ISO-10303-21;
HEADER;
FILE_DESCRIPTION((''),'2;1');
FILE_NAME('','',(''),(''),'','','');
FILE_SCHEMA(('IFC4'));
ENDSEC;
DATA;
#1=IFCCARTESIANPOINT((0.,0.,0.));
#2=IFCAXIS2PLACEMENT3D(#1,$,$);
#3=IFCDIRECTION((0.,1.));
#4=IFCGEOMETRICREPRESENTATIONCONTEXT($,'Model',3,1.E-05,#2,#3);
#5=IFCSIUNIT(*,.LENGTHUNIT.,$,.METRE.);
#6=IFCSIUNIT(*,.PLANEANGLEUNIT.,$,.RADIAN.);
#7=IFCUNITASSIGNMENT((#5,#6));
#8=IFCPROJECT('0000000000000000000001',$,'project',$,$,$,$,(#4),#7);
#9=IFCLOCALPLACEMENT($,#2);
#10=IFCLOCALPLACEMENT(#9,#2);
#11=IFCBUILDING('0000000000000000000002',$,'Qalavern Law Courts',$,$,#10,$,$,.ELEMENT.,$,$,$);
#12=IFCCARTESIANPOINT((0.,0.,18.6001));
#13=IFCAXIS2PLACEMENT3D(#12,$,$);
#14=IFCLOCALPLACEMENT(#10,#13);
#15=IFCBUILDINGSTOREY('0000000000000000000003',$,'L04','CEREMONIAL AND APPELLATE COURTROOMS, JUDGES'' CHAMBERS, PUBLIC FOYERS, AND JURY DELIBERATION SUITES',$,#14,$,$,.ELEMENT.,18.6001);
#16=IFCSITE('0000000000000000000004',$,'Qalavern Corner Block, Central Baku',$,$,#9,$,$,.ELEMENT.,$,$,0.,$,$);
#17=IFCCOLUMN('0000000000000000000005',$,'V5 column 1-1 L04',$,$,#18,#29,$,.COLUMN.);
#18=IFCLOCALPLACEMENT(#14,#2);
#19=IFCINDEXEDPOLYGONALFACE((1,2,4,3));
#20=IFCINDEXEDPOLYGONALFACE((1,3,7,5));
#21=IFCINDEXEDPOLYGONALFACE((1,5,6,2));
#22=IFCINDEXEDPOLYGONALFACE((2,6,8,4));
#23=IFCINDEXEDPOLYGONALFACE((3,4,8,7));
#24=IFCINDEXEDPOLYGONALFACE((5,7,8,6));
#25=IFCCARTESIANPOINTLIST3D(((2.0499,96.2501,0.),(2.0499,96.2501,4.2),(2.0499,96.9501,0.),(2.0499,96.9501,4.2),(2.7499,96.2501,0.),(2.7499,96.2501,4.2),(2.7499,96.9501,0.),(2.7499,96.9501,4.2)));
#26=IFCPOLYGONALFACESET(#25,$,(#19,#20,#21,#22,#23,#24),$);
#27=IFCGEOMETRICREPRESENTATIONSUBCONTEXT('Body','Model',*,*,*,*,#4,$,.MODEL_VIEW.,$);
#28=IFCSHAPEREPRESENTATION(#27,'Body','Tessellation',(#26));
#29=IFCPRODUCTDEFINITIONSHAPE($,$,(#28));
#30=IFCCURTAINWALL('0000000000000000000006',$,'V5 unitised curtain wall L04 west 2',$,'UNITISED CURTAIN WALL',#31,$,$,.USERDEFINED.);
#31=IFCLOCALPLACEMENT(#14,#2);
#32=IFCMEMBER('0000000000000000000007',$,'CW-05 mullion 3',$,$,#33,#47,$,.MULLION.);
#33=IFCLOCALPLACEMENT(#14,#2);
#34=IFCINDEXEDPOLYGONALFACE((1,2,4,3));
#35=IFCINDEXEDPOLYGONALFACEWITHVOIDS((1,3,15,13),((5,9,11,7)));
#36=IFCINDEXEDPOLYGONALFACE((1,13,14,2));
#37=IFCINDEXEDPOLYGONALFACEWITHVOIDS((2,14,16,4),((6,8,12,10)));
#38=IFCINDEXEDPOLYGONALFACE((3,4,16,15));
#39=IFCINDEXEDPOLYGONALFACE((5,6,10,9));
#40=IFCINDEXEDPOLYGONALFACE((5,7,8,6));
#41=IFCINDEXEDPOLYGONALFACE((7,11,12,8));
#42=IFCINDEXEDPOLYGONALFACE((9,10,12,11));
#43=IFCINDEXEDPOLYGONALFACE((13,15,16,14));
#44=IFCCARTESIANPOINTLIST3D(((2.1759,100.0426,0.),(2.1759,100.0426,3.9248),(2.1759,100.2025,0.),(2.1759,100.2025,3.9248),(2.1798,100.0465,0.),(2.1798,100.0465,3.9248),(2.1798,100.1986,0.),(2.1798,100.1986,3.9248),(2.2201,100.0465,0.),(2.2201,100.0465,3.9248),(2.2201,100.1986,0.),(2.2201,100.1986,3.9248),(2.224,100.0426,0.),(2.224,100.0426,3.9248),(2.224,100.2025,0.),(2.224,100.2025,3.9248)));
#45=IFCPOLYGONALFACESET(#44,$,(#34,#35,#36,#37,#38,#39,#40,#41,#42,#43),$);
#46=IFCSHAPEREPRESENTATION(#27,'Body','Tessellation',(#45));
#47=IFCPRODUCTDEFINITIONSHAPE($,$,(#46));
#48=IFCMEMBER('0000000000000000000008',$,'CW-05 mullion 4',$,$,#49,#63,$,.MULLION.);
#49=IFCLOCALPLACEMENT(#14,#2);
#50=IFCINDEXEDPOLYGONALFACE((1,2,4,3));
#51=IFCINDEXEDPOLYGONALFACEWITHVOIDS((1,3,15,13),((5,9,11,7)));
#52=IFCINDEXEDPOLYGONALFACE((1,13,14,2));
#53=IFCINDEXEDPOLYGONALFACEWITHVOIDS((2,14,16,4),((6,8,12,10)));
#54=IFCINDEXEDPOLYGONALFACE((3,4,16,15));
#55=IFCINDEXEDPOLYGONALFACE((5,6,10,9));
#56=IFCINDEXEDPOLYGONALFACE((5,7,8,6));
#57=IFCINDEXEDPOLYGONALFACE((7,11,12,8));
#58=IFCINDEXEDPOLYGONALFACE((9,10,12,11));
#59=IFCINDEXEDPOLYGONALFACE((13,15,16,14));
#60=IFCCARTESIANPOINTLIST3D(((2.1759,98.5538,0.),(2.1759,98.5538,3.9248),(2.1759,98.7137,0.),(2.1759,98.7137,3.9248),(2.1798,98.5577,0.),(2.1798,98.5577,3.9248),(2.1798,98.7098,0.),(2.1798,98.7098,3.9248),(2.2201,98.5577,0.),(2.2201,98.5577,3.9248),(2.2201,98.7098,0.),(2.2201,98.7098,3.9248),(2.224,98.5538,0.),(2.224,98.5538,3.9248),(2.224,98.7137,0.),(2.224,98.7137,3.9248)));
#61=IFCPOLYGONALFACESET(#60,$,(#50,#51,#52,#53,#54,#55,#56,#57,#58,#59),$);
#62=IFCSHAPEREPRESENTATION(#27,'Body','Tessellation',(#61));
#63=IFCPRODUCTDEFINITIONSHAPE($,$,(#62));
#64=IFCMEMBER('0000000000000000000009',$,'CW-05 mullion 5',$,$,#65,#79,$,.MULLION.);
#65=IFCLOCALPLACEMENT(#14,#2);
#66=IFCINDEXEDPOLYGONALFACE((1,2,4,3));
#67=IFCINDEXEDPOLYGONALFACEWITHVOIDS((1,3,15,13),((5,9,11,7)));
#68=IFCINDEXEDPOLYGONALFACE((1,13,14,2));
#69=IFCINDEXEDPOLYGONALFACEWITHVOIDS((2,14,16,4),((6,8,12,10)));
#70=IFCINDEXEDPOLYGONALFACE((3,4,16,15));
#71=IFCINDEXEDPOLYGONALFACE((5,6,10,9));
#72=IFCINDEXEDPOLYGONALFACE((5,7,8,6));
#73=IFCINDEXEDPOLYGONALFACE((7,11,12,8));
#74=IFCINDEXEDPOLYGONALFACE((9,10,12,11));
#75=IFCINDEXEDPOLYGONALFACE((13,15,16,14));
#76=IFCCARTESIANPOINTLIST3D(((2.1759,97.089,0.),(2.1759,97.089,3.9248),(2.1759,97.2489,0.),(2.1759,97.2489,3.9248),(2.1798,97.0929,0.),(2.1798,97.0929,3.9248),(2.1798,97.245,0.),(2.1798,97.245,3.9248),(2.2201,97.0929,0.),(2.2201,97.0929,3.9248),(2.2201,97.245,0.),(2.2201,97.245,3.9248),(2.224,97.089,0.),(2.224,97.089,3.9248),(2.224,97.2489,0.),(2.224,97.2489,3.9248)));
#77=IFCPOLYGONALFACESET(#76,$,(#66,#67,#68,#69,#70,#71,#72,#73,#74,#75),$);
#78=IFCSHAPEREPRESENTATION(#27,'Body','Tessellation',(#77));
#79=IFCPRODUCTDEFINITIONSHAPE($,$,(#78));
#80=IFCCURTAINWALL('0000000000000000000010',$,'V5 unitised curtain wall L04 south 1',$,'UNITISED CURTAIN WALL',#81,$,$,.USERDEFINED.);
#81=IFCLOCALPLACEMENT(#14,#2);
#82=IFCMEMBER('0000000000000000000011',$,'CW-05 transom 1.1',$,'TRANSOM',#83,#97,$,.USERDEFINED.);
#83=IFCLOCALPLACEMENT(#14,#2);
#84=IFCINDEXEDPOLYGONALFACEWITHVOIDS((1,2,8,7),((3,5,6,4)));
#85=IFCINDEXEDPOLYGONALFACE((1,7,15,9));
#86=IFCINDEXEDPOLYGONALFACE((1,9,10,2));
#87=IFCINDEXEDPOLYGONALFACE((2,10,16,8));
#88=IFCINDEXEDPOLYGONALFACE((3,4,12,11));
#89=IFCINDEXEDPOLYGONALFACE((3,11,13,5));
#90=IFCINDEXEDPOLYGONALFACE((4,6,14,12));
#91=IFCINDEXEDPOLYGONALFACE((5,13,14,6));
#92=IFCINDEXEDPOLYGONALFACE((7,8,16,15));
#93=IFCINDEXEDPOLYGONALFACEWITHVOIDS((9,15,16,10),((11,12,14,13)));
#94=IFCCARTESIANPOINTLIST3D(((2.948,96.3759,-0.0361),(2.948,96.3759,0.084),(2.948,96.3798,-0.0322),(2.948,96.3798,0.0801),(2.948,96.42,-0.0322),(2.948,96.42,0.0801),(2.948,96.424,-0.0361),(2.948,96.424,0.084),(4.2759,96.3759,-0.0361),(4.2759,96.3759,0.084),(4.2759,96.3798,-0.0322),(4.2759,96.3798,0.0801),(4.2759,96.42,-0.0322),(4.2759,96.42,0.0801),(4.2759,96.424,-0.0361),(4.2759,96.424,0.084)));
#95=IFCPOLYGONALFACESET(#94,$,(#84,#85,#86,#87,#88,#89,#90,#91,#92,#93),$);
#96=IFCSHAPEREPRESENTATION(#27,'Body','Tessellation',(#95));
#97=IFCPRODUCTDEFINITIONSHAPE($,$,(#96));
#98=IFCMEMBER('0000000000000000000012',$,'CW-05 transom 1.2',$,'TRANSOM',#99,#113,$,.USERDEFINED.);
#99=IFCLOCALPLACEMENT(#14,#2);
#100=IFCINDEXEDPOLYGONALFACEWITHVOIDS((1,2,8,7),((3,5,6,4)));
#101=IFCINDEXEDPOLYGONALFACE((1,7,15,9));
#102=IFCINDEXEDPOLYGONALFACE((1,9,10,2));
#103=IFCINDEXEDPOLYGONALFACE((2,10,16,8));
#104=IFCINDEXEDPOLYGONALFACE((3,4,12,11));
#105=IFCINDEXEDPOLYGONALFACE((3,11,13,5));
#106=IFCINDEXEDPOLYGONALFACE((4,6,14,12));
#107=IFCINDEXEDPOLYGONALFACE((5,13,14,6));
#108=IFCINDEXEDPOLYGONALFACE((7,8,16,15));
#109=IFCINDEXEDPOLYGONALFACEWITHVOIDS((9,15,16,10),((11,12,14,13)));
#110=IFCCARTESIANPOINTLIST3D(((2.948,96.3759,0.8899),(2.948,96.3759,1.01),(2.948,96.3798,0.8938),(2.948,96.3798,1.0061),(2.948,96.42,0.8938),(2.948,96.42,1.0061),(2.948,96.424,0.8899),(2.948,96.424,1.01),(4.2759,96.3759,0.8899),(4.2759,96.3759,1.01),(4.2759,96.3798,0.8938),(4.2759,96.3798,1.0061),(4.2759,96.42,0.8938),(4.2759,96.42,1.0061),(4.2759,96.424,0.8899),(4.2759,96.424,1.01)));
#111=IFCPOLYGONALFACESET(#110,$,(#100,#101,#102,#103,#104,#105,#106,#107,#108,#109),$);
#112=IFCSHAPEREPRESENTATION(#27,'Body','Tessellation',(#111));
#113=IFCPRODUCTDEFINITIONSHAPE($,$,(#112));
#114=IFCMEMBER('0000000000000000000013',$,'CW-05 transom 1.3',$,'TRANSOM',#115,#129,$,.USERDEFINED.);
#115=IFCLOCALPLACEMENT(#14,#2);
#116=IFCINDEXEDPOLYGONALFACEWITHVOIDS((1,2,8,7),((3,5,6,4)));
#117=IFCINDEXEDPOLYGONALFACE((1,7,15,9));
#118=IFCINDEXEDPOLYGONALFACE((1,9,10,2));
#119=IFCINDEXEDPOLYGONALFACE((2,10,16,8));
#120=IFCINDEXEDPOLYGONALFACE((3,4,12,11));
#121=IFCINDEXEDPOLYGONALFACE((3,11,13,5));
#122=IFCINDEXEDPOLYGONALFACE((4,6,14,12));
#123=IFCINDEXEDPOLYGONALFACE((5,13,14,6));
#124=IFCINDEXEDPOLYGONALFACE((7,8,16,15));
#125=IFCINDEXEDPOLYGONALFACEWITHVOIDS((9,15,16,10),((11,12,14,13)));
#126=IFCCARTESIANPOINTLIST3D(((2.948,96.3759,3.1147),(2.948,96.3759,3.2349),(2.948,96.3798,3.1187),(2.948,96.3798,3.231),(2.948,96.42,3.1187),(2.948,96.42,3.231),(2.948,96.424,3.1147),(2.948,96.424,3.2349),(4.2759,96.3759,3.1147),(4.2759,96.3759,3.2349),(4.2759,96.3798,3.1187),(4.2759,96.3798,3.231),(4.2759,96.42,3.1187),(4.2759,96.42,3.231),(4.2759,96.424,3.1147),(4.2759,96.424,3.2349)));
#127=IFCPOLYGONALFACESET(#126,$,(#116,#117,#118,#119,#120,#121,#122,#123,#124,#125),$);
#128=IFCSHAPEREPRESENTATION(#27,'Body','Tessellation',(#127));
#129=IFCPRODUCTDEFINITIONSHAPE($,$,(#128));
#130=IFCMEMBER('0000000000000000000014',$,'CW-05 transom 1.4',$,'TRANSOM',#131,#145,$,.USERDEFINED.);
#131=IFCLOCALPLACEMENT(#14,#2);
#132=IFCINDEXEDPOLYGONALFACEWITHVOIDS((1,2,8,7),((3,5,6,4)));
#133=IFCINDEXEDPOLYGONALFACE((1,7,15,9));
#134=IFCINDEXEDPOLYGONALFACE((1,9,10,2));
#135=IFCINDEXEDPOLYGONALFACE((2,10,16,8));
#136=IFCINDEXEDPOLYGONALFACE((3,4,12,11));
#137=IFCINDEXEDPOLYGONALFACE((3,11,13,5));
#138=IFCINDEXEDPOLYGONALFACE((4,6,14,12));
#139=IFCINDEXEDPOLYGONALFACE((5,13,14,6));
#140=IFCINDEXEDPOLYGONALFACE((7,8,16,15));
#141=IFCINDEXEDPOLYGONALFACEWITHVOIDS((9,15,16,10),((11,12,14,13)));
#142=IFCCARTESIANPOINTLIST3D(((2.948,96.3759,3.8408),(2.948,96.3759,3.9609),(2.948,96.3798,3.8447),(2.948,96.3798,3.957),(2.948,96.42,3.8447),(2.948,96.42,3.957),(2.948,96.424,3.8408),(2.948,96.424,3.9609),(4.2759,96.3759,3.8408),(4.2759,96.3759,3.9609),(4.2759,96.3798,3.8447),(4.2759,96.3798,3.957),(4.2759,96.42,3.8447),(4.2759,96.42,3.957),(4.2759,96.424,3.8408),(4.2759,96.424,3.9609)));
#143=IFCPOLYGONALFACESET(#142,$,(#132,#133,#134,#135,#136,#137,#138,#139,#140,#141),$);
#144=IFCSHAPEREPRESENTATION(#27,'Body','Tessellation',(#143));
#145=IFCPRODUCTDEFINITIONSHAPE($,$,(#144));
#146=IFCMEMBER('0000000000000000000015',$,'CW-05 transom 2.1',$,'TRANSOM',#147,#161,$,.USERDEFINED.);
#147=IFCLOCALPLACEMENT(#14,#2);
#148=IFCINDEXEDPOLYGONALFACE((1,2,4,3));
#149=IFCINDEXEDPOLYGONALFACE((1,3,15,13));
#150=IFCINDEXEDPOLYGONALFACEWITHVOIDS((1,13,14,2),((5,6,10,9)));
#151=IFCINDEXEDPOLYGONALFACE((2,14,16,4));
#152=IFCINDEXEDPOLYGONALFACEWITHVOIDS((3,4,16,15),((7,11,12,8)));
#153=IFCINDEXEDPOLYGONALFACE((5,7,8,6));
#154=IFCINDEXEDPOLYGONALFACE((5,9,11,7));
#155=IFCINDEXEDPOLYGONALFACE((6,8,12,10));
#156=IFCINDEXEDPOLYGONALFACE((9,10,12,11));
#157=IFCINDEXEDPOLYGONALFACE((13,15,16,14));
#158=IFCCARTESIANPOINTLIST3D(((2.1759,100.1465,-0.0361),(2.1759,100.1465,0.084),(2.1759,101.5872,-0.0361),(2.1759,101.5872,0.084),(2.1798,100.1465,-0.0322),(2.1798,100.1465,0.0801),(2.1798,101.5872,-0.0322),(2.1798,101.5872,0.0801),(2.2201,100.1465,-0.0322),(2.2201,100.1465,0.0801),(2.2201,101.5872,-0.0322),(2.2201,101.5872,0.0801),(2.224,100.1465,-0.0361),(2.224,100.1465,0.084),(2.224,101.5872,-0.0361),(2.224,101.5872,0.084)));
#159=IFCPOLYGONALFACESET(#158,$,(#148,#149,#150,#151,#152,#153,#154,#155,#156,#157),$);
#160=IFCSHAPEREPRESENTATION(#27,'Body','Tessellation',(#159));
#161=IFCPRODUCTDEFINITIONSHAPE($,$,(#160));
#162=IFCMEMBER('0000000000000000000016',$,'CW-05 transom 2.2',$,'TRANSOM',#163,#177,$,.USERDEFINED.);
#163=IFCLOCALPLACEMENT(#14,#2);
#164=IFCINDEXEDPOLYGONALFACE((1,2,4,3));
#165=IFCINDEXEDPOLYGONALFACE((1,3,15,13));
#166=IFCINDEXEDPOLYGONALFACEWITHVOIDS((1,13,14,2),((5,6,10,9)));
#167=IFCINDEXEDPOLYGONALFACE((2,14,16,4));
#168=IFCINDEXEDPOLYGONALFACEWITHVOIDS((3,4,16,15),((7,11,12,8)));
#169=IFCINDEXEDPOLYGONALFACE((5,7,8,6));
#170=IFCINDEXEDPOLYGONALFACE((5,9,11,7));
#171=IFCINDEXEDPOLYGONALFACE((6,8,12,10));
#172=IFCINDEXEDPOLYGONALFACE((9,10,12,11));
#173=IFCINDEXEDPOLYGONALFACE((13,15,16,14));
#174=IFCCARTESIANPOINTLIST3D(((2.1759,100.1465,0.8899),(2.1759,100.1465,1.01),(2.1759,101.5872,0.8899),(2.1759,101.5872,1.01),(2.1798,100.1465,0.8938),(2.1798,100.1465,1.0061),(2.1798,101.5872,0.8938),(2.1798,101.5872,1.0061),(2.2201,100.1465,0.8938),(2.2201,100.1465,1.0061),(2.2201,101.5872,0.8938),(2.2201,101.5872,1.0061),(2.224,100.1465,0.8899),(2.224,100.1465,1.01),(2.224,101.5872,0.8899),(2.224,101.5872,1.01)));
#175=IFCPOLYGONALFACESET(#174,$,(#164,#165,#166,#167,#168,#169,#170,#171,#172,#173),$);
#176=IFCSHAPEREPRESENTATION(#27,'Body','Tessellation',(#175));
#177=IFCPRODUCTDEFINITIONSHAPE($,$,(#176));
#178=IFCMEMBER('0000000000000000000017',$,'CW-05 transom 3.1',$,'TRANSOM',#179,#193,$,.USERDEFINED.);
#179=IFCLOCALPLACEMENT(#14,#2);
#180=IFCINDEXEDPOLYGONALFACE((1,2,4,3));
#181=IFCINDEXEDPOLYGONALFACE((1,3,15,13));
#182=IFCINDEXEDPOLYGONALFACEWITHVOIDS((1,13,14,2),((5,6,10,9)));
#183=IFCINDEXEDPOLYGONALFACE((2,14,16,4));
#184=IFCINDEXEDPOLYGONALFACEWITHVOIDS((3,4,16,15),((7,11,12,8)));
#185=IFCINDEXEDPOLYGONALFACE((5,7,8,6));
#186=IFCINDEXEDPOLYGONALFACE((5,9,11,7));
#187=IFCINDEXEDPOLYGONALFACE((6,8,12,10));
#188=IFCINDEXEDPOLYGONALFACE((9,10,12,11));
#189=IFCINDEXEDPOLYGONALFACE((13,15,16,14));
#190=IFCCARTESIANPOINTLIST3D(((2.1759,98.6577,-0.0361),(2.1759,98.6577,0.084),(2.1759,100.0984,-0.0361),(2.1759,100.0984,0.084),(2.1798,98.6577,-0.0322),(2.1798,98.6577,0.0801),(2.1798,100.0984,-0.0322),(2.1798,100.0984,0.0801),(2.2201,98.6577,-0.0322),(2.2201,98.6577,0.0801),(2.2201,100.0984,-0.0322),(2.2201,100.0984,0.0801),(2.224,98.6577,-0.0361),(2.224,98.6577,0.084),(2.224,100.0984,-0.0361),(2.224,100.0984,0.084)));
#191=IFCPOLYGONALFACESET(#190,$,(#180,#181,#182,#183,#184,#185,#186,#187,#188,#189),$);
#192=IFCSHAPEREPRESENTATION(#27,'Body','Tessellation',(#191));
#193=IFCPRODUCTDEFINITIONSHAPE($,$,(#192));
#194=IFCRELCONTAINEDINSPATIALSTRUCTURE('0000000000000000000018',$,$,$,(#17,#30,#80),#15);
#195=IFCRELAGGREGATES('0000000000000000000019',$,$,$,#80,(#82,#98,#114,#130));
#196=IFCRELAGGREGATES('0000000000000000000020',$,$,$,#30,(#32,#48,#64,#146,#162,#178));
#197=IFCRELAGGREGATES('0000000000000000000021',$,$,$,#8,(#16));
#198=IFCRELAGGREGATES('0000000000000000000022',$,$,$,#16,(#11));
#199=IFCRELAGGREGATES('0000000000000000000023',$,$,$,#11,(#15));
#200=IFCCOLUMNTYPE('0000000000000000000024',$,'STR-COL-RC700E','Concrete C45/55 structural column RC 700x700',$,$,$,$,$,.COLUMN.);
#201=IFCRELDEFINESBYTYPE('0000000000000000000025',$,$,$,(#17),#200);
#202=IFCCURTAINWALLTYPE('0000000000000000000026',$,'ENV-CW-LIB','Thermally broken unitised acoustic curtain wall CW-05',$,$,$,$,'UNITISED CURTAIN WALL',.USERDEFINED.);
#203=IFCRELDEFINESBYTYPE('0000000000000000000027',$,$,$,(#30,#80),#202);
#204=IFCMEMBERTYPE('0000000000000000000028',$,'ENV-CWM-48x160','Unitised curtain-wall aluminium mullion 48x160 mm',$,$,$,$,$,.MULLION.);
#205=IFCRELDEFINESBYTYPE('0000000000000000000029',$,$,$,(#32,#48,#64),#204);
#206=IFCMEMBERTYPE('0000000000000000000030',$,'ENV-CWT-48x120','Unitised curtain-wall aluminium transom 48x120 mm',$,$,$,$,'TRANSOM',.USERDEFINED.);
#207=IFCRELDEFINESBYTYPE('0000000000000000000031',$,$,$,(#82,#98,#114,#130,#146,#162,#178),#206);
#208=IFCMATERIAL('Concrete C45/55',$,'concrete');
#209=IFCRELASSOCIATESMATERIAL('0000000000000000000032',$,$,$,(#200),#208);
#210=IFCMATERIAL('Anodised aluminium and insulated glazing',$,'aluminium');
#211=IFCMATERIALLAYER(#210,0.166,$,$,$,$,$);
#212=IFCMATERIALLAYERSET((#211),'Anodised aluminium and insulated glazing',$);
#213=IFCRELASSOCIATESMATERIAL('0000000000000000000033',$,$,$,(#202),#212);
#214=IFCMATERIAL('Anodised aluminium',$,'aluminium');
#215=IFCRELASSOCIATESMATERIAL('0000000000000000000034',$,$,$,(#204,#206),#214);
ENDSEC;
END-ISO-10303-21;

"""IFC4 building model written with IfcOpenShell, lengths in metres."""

from ifc_helpers import new_model, si_unit, direction, frame, origin, origin_2d, place, context, subcontext, project, spatial, rectangle, hollow_rectangle, extrude, material, layer, layer_set, material_profile, profile_set, type_object, element, aggregate, save


model = new_model("IFC4")

# Units and contexts
model_context = context("Model", 3, precision=1e-05, world=origin(), true_north=direction((0.0, 1.0)))
body_context = subcontext(model_context, "Body", "Model", "MODEL_VIEW")
ifc_project = project(units=[si_unit("LENGTHUNIT", "METRE"), si_unit("PLANEANGLEUNIT", "RADIAN")], contexts=[model_context])

# Site, building, storey
site_placement = place(None, origin())
site = spatial("IfcSite", under=ifc_project, at=site_placement, Name="Qalavern Corner Block, Central Baku", CompositionType="ELEMENT", RefElevation=0.0)
building_placement = place(site_placement, origin())
building = spatial("IfcBuilding", under=site, at=building_placement, Name="Qalavern Law Courts", CompositionType="ELEMENT")
storey_placement = place(building_placement, frame((0.0, 0.0, 18.6001)))
storey = spatial("IfcBuildingStorey", under=building, at=storey_placement, Name="L04", Description="CEREMONIAL AND APPELLATE COURTROOMS, JUDGES' CHAMBERS, PUBLIC FOYERS, AND JURY DELIBERATION SUITES", CompositionType="ELEMENT", Elevation=18.6001)

# Column
ifc_material_1 = material(Name="Concrete C45/55", Category="concrete")
ifc_material_profile_1 = material_profile(ifc_material_1, rectangle(XDim=0.7, YDim=0.7, at=origin_2d()), Name="RC 700x700")
ifc_profile_set_1 = profile_set([ifc_material_profile_1], Name="Concrete C45/55")
column_type = type_object("IfcColumnType", Name="STR-COL-RC700E", Description="Concrete C45/55 structural column RC 700x700", PredefinedType="COLUMN", material=ifc_profile_set_1)
column_placement = place(storey_placement, frame((2.3999, 96.6001, 0.0), z_axis=(0.0, 0.0, 1.0), x_axis=(1.0, 0.0, 0.0)))
element("IfcColumn", 1, at=column_placement, inside=storey, type_object=column_type, Name="V5 column 1-1 L04", PredefinedType="COLUMN", context=body_context, shape_type="SweptSolid", body=[
    extrude(rectangle(XDim=0.7, YDim=0.7, at=origin_2d()), origin(), (0.0, 0.0, 1.0), 4.2),
])

# Curtain walls, members
ifc_material_2 = material(Name="Anodised aluminium and insulated glazing", Category="aluminium")
ifc_layer_1 = layer(ifc_material_2, 0.166)
ifc_layer_set_1 = layer_set([ifc_layer_1], Name="Anodised aluminium and insulated glazing")
curtain_wall_type = type_object("IfcCurtainWallType", Name="ENV-CW-LIB", Description="Thermally broken unitised acoustic curtain wall CW-05", ElementType="UNITISED CURTAIN WALL", PredefinedType="USERDEFINED", material=ifc_layer_set_1)
curtain_wall_1_placement = place(storey_placement, origin())
curtain_wall_1 = element("IfcCurtainWall", 2, at=curtain_wall_1_placement, inside=storey, type_object=curtain_wall_type, Name="V5 unitised curtain wall L04 west 2", ObjectType="UNITISED CURTAIN WALL", PredefinedType="USERDEFINED")
ifc_material_3 = material(Name="Anodised aluminium", Category="aluminium")
ifc_material_profile_2 = material_profile(ifc_material_3, hollow_rectangle(XDim=0.0481, YDim=0.1599, WallThickness=0.0039, at=origin_2d()), Name="ALU MULLION 48x160")
ifc_profile_set_2 = profile_set([ifc_material_profile_2], Name="Anodised aluminium")
member_type_1 = type_object("IfcMemberType", Name="ENV-CWM-48x160", Description="Unitised curtain-wall aluminium mullion 48x160 mm", PredefinedType="MULLION", material=ifc_profile_set_2)
member_1_placement = place(storey_placement, frame((2.2, 100.1226, 0.0), z_axis=(0.0, 0.0, 1.0), x_axis=(1.0, 0.0, 0.0)))
member_1 = element("IfcMember", 3, at=member_1_placement, type_object=member_type_1, Name="CW-05 mullion 3", PredefinedType="MULLION", context=body_context, shape_type="SweptSolid", body=[
    extrude(hollow_rectangle(XDim=0.0481, YDim=0.1599, WallThickness=0.0039, at=origin_2d()), origin(), (0.0, 0.0, 1.0), 3.9248),
])
member_2_placement = place(storey_placement, frame((2.2, 98.6338, 0.0), z_axis=(0.0, 0.0, 1.0), x_axis=(1.0, 0.0, 0.0)))
member_2 = element("IfcMember", 4, at=member_2_placement, type_object=member_type_1, Name="CW-05 mullion 4", PredefinedType="MULLION", context=body_context, shape_type="SweptSolid", body=[
    extrude(hollow_rectangle(XDim=0.0481, YDim=0.1599, WallThickness=0.0039, at=origin_2d()), origin(), (0.0, 0.0, 1.0), 3.9248),
])
member_3_placement = place(storey_placement, frame((2.2, 97.1689, 0.0), z_axis=(0.0, 0.0, 1.0), x_axis=(1.0, 0.0, 0.0)))
member_3 = element("IfcMember", 5, at=member_3_placement, type_object=member_type_1, Name="CW-05 mullion 5", PredefinedType="MULLION", context=body_context, shape_type="SweptSolid", body=[
    extrude(hollow_rectangle(XDim=0.0481, YDim=0.1599, WallThickness=0.0039, at=origin_2d()), origin(), (0.0, 0.0, 1.0), 3.9248),
])
curtain_wall_2_placement = place(storey_placement, origin())
curtain_wall_2 = element("IfcCurtainWall", 6, at=curtain_wall_2_placement, inside=storey, type_object=curtain_wall_type, Name="V5 unitised curtain wall L04 south 1", ObjectType="UNITISED CURTAIN WALL", PredefinedType="USERDEFINED")
ifc_material_profile_3 = material_profile(ifc_material_3, hollow_rectangle(XDim=0.0481, YDim=0.1201, WallThickness=0.0039, at=origin_2d()), Name="ALU TRANSOM 48x120")
ifc_profile_set_3 = profile_set([ifc_material_profile_3], Name="Anodised aluminium")
member_type_2 = type_object("IfcMemberType", Name="ENV-CWT-48x120", Description="Unitised curtain-wall aluminium transom 48x120 mm", ElementType="TRANSOM", PredefinedType="USERDEFINED", material=ifc_profile_set_3)
member_4_placement = place(storey_placement, frame((2.948, 96.3999, 0.0239), z_axis=(1.0, 0.0, 0.0), x_axis=(0.0, 1.0, 0.0)))
member_4 = element("IfcMember", 7, at=member_4_placement, type_object=member_type_2, Name="CW-05 transom 1.1", ObjectType="TRANSOM", PredefinedType="USERDEFINED", context=body_context, shape_type="SweptSolid", body=[
    extrude(hollow_rectangle(XDim=0.0481, YDim=0.1201, WallThickness=0.0039, at=origin_2d()), origin(), (0.0, 0.0, 1.0), 1.3279),
])
member_5_placement = place(storey_placement, frame((2.948, 96.3999, 0.95), z_axis=(1.0, 0.0, 0.0), x_axis=(0.0, 1.0, 0.0)))
member_5 = element("IfcMember", 8, at=member_5_placement, type_object=member_type_2, Name="CW-05 transom 1.2", ObjectType="TRANSOM", PredefinedType="USERDEFINED", context=body_context, shape_type="SweptSolid", body=[
    extrude(hollow_rectangle(XDim=0.0481, YDim=0.1201, WallThickness=0.0039, at=origin_2d()), origin(), (0.0, 0.0, 1.0), 1.3279),
])
member_6_placement = place(storey_placement, frame((2.948, 96.3999, 3.1748), z_axis=(1.0, 0.0, 0.0), x_axis=(0.0, 1.0, 0.0)))
member_6 = element("IfcMember", 9, at=member_6_placement, type_object=member_type_2, Name="CW-05 transom 1.3", ObjectType="TRANSOM", PredefinedType="USERDEFINED", context=body_context, shape_type="SweptSolid", body=[
    extrude(hollow_rectangle(XDim=0.0481, YDim=0.1201, WallThickness=0.0039, at=origin_2d()), origin(), (0.0, 0.0, 1.0), 1.3279),
])
member_7_placement = place(storey_placement, frame((2.948, 96.3999, 3.9009), z_axis=(1.0, 0.0, 0.0), x_axis=(0.0, 1.0, 0.0)))
member_7 = element("IfcMember", 10, at=member_7_placement, type_object=member_type_2, Name="CW-05 transom 1.4", ObjectType="TRANSOM", PredefinedType="USERDEFINED", context=body_context, shape_type="SweptSolid", body=[
    extrude(hollow_rectangle(XDim=0.0481, YDim=0.1201, WallThickness=0.0039, at=origin_2d()), origin(), (0.0, 0.0, 1.0), 1.3279),
])

# Members
member_8_placement = place(storey_placement, frame((2.2, 101.5872, 0.0239), z_axis=(0.0, -1.0, 0.0), x_axis=(1.0, 0.0, 0.0)))
member_8 = element("IfcMember", 11, at=member_8_placement, type_object=member_type_2, Name="CW-05 transom 2.1", ObjectType="TRANSOM", PredefinedType="USERDEFINED", context=body_context, shape_type="SweptSolid", body=[
    extrude(hollow_rectangle(XDim=0.0481, YDim=0.1201, WallThickness=0.0039, at=origin_2d()), origin(), (0.0, 0.0, 1.0), 1.4407),
])
member_9_placement = place(storey_placement, frame((2.2, 101.5872, 0.95), z_axis=(0.0, -1.0, 0.0), x_axis=(1.0, 0.0, 0.0)))
member_9 = element("IfcMember", 12, at=member_9_placement, type_object=member_type_2, Name="CW-05 transom 2.2", ObjectType="TRANSOM", PredefinedType="USERDEFINED", context=body_context, shape_type="SweptSolid", body=[
    extrude(hollow_rectangle(XDim=0.0481, YDim=0.1201, WallThickness=0.0039, at=origin_2d()), origin(), (0.0, 0.0, 1.0), 1.4407),
])
member_10_placement = place(storey_placement, frame((2.2, 100.0984, 0.0239), z_axis=(0.0, -1.0, 0.0), x_axis=(1.0, 0.0, 0.0)))
member_10 = element("IfcMember", 13, at=member_10_placement, type_object=member_type_2, Name="CW-05 transom 3.1", ObjectType="TRANSOM", PredefinedType="USERDEFINED", context=body_context, shape_type="SweptSolid", body=[
    extrude(hollow_rectangle(XDim=0.0481, YDim=0.1201, WallThickness=0.0039, at=origin_2d()), origin(), (0.0, 0.0, 1.0), 1.4407),
])

aggregate(curtain_wall_2, [member_4, member_5, member_6, member_7])
aggregate(curtain_wall_1, [member_1, member_2, member_3, member_8, member_9, member_10])

save(model, "model.ifc")
